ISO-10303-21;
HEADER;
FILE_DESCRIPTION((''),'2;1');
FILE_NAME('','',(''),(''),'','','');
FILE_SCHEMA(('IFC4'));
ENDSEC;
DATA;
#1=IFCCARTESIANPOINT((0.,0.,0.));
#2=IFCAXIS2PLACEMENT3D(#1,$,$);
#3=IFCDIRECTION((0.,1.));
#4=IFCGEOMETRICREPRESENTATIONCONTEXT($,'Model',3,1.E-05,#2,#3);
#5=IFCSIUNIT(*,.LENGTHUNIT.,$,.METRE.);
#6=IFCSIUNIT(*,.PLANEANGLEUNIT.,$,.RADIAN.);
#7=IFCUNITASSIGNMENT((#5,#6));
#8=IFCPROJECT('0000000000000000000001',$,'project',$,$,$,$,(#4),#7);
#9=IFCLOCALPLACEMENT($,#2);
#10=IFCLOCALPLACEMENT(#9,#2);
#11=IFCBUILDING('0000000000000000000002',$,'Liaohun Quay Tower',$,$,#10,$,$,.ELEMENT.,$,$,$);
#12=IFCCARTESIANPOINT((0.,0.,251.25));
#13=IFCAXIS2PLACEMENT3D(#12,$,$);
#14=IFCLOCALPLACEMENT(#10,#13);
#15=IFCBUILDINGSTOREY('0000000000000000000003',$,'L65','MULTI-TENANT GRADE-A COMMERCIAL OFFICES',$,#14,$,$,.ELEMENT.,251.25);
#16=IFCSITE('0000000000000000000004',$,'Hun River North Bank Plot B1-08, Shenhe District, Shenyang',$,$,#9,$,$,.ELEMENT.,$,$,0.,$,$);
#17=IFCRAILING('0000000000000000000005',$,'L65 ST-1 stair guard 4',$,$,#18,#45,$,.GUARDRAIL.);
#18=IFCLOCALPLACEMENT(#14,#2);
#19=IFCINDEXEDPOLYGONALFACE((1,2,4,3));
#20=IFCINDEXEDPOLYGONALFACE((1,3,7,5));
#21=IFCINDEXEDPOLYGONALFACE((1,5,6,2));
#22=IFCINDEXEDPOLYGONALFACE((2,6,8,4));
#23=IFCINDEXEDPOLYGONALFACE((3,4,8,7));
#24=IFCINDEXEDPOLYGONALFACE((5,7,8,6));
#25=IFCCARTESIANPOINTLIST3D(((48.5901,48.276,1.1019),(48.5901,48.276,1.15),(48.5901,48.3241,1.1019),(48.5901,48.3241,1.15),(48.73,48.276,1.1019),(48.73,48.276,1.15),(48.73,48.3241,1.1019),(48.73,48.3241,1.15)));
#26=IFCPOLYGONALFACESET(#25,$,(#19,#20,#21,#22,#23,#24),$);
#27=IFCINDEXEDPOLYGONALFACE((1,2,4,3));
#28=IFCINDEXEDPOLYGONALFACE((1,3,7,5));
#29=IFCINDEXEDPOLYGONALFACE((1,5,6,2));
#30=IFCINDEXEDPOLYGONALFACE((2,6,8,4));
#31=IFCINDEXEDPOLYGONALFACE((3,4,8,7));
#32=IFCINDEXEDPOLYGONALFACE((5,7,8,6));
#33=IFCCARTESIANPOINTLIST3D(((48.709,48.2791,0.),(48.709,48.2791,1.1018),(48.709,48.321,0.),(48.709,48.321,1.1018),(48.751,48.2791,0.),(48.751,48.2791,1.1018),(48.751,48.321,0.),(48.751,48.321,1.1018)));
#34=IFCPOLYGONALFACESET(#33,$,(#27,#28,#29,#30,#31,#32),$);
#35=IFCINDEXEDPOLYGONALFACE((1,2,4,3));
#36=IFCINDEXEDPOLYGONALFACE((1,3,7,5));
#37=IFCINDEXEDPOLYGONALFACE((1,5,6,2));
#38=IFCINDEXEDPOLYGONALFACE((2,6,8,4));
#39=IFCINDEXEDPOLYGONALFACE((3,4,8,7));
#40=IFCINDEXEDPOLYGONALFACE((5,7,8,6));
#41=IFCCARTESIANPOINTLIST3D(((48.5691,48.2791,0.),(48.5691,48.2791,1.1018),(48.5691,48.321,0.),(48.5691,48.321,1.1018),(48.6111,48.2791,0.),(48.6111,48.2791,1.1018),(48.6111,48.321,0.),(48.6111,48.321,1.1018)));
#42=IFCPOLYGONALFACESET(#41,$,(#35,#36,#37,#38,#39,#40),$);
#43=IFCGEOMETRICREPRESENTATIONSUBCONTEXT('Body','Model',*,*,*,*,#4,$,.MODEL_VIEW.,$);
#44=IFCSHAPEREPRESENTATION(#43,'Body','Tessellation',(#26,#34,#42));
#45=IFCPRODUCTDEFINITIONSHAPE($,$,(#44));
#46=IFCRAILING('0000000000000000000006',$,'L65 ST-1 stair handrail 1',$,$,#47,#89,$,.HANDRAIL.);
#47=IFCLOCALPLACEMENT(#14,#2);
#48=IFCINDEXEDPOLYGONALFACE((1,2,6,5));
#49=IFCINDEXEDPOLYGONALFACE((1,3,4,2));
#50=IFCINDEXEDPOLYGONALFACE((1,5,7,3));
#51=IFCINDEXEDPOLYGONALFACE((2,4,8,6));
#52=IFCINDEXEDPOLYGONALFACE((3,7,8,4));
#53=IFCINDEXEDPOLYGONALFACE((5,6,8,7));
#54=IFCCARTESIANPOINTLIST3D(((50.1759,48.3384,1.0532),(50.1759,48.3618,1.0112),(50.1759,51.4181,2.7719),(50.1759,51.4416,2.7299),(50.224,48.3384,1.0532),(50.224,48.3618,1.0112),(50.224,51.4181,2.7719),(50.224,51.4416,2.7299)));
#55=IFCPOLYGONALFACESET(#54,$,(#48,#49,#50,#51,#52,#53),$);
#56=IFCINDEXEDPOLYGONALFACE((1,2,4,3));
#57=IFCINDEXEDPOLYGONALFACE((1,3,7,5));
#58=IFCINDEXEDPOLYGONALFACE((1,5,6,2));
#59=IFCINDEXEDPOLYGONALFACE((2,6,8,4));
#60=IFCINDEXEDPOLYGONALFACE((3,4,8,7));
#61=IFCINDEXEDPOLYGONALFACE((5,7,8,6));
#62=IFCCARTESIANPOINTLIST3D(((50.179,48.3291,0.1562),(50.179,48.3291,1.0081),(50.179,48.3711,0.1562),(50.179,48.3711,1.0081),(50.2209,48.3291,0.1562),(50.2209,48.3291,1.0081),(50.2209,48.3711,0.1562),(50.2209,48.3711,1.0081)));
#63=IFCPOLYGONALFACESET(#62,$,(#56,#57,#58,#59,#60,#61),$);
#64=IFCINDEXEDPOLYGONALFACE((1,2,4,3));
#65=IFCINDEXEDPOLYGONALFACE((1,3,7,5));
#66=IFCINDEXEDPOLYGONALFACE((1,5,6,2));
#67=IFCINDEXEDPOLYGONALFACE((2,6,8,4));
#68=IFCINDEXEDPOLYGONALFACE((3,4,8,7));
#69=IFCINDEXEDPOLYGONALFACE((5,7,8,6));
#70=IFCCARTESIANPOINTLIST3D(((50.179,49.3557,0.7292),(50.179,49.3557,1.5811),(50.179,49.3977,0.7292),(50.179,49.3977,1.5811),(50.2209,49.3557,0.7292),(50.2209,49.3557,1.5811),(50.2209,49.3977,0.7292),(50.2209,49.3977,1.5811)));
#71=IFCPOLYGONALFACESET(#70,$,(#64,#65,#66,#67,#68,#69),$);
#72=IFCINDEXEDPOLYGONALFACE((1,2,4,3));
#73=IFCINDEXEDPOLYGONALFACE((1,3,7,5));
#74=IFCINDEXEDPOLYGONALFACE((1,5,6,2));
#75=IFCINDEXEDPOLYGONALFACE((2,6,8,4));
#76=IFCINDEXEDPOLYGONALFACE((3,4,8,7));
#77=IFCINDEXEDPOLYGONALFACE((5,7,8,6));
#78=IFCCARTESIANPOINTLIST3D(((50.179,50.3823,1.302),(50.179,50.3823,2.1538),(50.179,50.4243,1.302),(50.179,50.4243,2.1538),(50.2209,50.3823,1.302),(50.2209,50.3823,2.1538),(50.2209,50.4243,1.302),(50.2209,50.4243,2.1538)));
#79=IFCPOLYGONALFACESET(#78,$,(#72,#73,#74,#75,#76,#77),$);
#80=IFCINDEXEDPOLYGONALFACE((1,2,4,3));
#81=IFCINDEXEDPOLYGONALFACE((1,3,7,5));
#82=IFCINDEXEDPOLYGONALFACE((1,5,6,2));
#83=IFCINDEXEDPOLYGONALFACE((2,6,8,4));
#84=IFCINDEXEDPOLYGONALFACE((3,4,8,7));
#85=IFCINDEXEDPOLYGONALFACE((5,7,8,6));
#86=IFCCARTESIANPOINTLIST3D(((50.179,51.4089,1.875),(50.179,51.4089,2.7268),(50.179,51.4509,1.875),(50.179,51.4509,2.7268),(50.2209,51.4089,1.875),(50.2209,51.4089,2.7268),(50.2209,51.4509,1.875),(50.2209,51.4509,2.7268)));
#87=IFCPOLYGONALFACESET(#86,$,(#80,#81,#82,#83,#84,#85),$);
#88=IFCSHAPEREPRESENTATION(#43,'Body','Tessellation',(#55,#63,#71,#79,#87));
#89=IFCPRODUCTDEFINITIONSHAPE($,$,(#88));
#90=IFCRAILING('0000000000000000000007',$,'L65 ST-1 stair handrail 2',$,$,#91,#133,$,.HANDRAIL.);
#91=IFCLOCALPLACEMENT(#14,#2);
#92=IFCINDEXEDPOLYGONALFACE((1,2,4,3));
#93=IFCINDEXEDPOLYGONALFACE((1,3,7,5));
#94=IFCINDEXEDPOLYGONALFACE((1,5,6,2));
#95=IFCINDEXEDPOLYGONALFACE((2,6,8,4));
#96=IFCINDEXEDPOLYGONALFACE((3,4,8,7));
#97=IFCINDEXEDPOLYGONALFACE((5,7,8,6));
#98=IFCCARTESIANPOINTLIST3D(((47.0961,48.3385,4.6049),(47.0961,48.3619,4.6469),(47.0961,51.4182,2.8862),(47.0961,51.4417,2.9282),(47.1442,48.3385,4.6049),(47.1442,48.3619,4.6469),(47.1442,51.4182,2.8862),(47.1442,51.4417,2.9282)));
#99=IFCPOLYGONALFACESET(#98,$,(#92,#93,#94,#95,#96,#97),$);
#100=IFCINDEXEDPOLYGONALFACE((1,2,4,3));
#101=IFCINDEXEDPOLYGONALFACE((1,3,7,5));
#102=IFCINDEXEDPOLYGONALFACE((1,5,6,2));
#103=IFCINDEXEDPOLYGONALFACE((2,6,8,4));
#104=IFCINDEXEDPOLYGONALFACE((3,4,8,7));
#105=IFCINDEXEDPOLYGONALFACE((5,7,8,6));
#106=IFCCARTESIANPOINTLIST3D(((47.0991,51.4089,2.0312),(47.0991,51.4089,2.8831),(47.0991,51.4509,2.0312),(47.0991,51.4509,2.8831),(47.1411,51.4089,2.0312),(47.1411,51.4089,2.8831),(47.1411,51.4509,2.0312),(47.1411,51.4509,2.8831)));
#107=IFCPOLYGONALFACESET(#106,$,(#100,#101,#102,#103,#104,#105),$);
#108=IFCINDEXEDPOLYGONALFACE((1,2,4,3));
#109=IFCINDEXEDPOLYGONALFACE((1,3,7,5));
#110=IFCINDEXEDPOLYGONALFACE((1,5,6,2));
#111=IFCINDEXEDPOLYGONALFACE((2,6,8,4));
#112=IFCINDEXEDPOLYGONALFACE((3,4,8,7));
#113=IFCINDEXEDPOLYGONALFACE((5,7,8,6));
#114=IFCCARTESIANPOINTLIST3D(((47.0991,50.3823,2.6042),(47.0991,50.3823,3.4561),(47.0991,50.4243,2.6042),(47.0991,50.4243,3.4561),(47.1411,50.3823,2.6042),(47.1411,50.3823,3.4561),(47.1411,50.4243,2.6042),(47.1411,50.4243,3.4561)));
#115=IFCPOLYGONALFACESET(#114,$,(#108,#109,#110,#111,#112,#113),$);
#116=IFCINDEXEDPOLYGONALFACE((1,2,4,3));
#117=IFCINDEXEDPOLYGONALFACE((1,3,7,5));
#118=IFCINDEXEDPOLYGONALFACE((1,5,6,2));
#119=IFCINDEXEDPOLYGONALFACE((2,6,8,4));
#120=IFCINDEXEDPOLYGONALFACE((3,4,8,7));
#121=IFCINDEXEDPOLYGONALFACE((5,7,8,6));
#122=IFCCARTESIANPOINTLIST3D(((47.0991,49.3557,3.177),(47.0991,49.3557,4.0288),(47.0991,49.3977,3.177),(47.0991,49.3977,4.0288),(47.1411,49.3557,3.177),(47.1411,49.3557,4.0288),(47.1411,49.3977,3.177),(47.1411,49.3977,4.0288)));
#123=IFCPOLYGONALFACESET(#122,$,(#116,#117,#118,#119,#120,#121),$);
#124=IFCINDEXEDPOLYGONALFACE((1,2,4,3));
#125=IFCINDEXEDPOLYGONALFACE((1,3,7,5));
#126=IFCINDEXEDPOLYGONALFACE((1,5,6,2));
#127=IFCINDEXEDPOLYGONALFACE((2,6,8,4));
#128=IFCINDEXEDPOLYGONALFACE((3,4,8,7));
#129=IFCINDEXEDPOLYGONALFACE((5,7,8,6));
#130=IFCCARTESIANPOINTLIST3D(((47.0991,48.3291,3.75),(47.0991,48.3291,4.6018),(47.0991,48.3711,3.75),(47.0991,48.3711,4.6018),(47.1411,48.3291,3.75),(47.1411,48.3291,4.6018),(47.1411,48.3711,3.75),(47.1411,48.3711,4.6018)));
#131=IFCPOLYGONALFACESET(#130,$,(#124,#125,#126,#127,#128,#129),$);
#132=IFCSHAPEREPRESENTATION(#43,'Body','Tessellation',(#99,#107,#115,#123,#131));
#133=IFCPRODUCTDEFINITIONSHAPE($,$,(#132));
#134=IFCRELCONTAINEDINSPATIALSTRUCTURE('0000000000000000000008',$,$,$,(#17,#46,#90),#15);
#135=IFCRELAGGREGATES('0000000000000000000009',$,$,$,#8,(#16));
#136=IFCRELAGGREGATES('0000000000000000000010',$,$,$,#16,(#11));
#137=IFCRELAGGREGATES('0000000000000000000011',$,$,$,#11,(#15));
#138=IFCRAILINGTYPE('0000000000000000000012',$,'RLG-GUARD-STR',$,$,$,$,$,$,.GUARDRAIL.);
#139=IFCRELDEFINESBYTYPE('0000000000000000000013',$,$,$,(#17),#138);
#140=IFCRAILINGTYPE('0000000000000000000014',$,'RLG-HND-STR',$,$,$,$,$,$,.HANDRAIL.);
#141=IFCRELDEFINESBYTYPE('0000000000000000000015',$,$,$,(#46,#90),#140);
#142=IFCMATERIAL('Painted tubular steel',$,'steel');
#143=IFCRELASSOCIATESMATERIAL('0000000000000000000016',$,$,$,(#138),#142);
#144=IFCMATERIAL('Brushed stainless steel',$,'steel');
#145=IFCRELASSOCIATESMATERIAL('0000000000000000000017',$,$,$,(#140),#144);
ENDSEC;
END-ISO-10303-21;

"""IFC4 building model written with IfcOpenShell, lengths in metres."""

from ifc_helpers import new_model, si_unit, direction, frame, origin, origin_2d, place, context, subcontext, project, spatial, rectangle, extrude, material, type_object, element, save


model = new_model("IFC4")

# Units and contexts
model_context = context("Model", 3, precision=1e-05, world=origin(), true_north=direction((0.0, 1.0)))
body_context = subcontext(model_context, "Body", "Model", "MODEL_VIEW")
ifc_project = project(units=[si_unit("LENGTHUNIT", "METRE"), si_unit("PLANEANGLEUNIT", "RADIAN")], contexts=[model_context])

# Site, building, storey
site_placement = place(None, origin())
site = spatial("IfcSite", under=ifc_project, at=site_placement, Name="Hun River North Bank Plot B1-08, Shenhe District, Shenyang", CompositionType="ELEMENT", RefElevation=0.0)
building_placement = place(site_placement, origin())
building = spatial("IfcBuilding", under=site, at=building_placement, Name="Liaohun Quay Tower", CompositionType="ELEMENT")
storey_placement = place(building_placement, frame((0.0, 0.0, 251.25)))
storey = spatial("IfcBuildingStorey", under=building, at=storey_placement, Name="L65", Description="MULTI-TENANT GRADE-A COMMERCIAL OFFICES", CompositionType="ELEMENT", Elevation=251.25)

# Railings
ifc_material_1 = material(Name="Painted tubular steel", Category="steel")
railing_type_1 = type_object("IfcRailingType", Name="RLG-GUARD-STR", PredefinedType="GUARDRAIL", material=ifc_material_1)
railing_1_placement = place(storey_placement, frame((48.73, 48.3, 0.0)))
element("IfcRailing", 1, at=railing_1_placement, inside=storey, type_object=railing_type_1, Name="L65 ST-1 stair guard 4", PredefinedType="GUARDRAIL", context=body_context, shape_type="SweptSolid", body=[
    extrude(rectangle(XDim=0.0481, YDim=0.0481, at=origin_2d()), frame((0.0, 0.0, 1.126), z_axis=(-1.0, 0.0, 0.0), x_axis=(0.0, -1.0, 0.0)), (0.0, 0.0, 1.0), 0.1399),
    extrude(rectangle(XDim=0.042, YDim=0.042, at=origin_2d()), origin(), (0.0, 0.0, 1.0), 1.1018),
    extrude(rectangle(XDim=0.042, YDim=0.042, at=origin_2d()), frame((-0.1399, 0.0, 0.0)), (0.0, 0.0, 1.0), 1.1018),
])
ifc_material_2 = material(Name="Brushed stainless steel", Category="steel")
railing_type_2 = type_object("IfcRailingType", Name="RLG-HND-STR", PredefinedType="HANDRAIL", material=ifc_material_2)
railing_2_placement = place(storey_placement, frame((50.2, 48.3501, 0.1562)))
element("IfcRailing", 2, at=railing_2_placement, inside=storey, type_object=railing_type_2, Name="L65 ST-1 stair handrail 1", PredefinedType="HANDRAIL", context=body_context, shape_type="SweptSolid", body=[
    extrude(rectangle(XDim=0.0481, YDim=0.0481, at=origin_2d()), frame((0.0, 0.0, 0.876), z_axis=(0.0, 0.873225, 0.487317), x_axis=(-1.0, 0.0, 0.0)), (0.0, 0.0, 1.0), 3.5269),
    extrude(rectangle(XDim=0.042, YDim=0.042, at=origin_2d()), origin(), (0.0, 0.0, 1.0), 0.8518),
    extrude(rectangle(XDim=0.042, YDim=0.042, at=origin_2d()), frame((0.0, 1.0266, 0.573)), (0.0, 0.0, 1.0), 0.8518),
    extrude(rectangle(XDim=0.042, YDim=0.042, at=origin_2d()), frame((0.0, 2.0532, 1.1458)), (0.0, 0.0, 1.0), 0.8518),
    extrude(rectangle(XDim=0.042, YDim=0.042, at=origin_2d()), frame((0.0, 3.0798, 1.7188)), (0.0, 0.0, 1.0), 0.8518),
])
railing_3_placement = place(storey_placement, frame((47.1201, 51.4299, 2.0312)))
element("IfcRailing", 3, at=railing_3_placement, inside=storey, type_object=railing_type_2, Name="L65 ST-1 stair handrail 2", PredefinedType="HANDRAIL", context=body_context, shape_type="SweptSolid", body=[
    extrude(rectangle(XDim=0.0481, YDim=0.0481, at=origin_2d()), frame((0.0, 0.0, 0.876), z_axis=(0.0, -0.873225, 0.487317), x_axis=(1.0, 0.0, 0.0)), (0.0, 0.0, 1.0), 3.5269),
    extrude(rectangle(XDim=0.042, YDim=0.042, at=origin_2d()), origin(), (0.0, 0.0, 1.0), 0.8518),
    extrude(rectangle(XDim=0.042, YDim=0.042, at=origin_2d()), frame((0.0, -1.0266, 0.573)), (0.0, 0.0, 1.0), 0.8518),
    extrude(rectangle(XDim=0.042, YDim=0.042, at=origin_2d()), frame((0.0, -2.0532, 1.1458)), (0.0, 0.0, 1.0), 0.8518),
    extrude(rectangle(XDim=0.042, YDim=0.042, at=origin_2d()), frame((0.0, -3.0798, 1.7188)), (0.0, 0.0, 1.0), 0.8518),
])

save(model, "model.ifc")
